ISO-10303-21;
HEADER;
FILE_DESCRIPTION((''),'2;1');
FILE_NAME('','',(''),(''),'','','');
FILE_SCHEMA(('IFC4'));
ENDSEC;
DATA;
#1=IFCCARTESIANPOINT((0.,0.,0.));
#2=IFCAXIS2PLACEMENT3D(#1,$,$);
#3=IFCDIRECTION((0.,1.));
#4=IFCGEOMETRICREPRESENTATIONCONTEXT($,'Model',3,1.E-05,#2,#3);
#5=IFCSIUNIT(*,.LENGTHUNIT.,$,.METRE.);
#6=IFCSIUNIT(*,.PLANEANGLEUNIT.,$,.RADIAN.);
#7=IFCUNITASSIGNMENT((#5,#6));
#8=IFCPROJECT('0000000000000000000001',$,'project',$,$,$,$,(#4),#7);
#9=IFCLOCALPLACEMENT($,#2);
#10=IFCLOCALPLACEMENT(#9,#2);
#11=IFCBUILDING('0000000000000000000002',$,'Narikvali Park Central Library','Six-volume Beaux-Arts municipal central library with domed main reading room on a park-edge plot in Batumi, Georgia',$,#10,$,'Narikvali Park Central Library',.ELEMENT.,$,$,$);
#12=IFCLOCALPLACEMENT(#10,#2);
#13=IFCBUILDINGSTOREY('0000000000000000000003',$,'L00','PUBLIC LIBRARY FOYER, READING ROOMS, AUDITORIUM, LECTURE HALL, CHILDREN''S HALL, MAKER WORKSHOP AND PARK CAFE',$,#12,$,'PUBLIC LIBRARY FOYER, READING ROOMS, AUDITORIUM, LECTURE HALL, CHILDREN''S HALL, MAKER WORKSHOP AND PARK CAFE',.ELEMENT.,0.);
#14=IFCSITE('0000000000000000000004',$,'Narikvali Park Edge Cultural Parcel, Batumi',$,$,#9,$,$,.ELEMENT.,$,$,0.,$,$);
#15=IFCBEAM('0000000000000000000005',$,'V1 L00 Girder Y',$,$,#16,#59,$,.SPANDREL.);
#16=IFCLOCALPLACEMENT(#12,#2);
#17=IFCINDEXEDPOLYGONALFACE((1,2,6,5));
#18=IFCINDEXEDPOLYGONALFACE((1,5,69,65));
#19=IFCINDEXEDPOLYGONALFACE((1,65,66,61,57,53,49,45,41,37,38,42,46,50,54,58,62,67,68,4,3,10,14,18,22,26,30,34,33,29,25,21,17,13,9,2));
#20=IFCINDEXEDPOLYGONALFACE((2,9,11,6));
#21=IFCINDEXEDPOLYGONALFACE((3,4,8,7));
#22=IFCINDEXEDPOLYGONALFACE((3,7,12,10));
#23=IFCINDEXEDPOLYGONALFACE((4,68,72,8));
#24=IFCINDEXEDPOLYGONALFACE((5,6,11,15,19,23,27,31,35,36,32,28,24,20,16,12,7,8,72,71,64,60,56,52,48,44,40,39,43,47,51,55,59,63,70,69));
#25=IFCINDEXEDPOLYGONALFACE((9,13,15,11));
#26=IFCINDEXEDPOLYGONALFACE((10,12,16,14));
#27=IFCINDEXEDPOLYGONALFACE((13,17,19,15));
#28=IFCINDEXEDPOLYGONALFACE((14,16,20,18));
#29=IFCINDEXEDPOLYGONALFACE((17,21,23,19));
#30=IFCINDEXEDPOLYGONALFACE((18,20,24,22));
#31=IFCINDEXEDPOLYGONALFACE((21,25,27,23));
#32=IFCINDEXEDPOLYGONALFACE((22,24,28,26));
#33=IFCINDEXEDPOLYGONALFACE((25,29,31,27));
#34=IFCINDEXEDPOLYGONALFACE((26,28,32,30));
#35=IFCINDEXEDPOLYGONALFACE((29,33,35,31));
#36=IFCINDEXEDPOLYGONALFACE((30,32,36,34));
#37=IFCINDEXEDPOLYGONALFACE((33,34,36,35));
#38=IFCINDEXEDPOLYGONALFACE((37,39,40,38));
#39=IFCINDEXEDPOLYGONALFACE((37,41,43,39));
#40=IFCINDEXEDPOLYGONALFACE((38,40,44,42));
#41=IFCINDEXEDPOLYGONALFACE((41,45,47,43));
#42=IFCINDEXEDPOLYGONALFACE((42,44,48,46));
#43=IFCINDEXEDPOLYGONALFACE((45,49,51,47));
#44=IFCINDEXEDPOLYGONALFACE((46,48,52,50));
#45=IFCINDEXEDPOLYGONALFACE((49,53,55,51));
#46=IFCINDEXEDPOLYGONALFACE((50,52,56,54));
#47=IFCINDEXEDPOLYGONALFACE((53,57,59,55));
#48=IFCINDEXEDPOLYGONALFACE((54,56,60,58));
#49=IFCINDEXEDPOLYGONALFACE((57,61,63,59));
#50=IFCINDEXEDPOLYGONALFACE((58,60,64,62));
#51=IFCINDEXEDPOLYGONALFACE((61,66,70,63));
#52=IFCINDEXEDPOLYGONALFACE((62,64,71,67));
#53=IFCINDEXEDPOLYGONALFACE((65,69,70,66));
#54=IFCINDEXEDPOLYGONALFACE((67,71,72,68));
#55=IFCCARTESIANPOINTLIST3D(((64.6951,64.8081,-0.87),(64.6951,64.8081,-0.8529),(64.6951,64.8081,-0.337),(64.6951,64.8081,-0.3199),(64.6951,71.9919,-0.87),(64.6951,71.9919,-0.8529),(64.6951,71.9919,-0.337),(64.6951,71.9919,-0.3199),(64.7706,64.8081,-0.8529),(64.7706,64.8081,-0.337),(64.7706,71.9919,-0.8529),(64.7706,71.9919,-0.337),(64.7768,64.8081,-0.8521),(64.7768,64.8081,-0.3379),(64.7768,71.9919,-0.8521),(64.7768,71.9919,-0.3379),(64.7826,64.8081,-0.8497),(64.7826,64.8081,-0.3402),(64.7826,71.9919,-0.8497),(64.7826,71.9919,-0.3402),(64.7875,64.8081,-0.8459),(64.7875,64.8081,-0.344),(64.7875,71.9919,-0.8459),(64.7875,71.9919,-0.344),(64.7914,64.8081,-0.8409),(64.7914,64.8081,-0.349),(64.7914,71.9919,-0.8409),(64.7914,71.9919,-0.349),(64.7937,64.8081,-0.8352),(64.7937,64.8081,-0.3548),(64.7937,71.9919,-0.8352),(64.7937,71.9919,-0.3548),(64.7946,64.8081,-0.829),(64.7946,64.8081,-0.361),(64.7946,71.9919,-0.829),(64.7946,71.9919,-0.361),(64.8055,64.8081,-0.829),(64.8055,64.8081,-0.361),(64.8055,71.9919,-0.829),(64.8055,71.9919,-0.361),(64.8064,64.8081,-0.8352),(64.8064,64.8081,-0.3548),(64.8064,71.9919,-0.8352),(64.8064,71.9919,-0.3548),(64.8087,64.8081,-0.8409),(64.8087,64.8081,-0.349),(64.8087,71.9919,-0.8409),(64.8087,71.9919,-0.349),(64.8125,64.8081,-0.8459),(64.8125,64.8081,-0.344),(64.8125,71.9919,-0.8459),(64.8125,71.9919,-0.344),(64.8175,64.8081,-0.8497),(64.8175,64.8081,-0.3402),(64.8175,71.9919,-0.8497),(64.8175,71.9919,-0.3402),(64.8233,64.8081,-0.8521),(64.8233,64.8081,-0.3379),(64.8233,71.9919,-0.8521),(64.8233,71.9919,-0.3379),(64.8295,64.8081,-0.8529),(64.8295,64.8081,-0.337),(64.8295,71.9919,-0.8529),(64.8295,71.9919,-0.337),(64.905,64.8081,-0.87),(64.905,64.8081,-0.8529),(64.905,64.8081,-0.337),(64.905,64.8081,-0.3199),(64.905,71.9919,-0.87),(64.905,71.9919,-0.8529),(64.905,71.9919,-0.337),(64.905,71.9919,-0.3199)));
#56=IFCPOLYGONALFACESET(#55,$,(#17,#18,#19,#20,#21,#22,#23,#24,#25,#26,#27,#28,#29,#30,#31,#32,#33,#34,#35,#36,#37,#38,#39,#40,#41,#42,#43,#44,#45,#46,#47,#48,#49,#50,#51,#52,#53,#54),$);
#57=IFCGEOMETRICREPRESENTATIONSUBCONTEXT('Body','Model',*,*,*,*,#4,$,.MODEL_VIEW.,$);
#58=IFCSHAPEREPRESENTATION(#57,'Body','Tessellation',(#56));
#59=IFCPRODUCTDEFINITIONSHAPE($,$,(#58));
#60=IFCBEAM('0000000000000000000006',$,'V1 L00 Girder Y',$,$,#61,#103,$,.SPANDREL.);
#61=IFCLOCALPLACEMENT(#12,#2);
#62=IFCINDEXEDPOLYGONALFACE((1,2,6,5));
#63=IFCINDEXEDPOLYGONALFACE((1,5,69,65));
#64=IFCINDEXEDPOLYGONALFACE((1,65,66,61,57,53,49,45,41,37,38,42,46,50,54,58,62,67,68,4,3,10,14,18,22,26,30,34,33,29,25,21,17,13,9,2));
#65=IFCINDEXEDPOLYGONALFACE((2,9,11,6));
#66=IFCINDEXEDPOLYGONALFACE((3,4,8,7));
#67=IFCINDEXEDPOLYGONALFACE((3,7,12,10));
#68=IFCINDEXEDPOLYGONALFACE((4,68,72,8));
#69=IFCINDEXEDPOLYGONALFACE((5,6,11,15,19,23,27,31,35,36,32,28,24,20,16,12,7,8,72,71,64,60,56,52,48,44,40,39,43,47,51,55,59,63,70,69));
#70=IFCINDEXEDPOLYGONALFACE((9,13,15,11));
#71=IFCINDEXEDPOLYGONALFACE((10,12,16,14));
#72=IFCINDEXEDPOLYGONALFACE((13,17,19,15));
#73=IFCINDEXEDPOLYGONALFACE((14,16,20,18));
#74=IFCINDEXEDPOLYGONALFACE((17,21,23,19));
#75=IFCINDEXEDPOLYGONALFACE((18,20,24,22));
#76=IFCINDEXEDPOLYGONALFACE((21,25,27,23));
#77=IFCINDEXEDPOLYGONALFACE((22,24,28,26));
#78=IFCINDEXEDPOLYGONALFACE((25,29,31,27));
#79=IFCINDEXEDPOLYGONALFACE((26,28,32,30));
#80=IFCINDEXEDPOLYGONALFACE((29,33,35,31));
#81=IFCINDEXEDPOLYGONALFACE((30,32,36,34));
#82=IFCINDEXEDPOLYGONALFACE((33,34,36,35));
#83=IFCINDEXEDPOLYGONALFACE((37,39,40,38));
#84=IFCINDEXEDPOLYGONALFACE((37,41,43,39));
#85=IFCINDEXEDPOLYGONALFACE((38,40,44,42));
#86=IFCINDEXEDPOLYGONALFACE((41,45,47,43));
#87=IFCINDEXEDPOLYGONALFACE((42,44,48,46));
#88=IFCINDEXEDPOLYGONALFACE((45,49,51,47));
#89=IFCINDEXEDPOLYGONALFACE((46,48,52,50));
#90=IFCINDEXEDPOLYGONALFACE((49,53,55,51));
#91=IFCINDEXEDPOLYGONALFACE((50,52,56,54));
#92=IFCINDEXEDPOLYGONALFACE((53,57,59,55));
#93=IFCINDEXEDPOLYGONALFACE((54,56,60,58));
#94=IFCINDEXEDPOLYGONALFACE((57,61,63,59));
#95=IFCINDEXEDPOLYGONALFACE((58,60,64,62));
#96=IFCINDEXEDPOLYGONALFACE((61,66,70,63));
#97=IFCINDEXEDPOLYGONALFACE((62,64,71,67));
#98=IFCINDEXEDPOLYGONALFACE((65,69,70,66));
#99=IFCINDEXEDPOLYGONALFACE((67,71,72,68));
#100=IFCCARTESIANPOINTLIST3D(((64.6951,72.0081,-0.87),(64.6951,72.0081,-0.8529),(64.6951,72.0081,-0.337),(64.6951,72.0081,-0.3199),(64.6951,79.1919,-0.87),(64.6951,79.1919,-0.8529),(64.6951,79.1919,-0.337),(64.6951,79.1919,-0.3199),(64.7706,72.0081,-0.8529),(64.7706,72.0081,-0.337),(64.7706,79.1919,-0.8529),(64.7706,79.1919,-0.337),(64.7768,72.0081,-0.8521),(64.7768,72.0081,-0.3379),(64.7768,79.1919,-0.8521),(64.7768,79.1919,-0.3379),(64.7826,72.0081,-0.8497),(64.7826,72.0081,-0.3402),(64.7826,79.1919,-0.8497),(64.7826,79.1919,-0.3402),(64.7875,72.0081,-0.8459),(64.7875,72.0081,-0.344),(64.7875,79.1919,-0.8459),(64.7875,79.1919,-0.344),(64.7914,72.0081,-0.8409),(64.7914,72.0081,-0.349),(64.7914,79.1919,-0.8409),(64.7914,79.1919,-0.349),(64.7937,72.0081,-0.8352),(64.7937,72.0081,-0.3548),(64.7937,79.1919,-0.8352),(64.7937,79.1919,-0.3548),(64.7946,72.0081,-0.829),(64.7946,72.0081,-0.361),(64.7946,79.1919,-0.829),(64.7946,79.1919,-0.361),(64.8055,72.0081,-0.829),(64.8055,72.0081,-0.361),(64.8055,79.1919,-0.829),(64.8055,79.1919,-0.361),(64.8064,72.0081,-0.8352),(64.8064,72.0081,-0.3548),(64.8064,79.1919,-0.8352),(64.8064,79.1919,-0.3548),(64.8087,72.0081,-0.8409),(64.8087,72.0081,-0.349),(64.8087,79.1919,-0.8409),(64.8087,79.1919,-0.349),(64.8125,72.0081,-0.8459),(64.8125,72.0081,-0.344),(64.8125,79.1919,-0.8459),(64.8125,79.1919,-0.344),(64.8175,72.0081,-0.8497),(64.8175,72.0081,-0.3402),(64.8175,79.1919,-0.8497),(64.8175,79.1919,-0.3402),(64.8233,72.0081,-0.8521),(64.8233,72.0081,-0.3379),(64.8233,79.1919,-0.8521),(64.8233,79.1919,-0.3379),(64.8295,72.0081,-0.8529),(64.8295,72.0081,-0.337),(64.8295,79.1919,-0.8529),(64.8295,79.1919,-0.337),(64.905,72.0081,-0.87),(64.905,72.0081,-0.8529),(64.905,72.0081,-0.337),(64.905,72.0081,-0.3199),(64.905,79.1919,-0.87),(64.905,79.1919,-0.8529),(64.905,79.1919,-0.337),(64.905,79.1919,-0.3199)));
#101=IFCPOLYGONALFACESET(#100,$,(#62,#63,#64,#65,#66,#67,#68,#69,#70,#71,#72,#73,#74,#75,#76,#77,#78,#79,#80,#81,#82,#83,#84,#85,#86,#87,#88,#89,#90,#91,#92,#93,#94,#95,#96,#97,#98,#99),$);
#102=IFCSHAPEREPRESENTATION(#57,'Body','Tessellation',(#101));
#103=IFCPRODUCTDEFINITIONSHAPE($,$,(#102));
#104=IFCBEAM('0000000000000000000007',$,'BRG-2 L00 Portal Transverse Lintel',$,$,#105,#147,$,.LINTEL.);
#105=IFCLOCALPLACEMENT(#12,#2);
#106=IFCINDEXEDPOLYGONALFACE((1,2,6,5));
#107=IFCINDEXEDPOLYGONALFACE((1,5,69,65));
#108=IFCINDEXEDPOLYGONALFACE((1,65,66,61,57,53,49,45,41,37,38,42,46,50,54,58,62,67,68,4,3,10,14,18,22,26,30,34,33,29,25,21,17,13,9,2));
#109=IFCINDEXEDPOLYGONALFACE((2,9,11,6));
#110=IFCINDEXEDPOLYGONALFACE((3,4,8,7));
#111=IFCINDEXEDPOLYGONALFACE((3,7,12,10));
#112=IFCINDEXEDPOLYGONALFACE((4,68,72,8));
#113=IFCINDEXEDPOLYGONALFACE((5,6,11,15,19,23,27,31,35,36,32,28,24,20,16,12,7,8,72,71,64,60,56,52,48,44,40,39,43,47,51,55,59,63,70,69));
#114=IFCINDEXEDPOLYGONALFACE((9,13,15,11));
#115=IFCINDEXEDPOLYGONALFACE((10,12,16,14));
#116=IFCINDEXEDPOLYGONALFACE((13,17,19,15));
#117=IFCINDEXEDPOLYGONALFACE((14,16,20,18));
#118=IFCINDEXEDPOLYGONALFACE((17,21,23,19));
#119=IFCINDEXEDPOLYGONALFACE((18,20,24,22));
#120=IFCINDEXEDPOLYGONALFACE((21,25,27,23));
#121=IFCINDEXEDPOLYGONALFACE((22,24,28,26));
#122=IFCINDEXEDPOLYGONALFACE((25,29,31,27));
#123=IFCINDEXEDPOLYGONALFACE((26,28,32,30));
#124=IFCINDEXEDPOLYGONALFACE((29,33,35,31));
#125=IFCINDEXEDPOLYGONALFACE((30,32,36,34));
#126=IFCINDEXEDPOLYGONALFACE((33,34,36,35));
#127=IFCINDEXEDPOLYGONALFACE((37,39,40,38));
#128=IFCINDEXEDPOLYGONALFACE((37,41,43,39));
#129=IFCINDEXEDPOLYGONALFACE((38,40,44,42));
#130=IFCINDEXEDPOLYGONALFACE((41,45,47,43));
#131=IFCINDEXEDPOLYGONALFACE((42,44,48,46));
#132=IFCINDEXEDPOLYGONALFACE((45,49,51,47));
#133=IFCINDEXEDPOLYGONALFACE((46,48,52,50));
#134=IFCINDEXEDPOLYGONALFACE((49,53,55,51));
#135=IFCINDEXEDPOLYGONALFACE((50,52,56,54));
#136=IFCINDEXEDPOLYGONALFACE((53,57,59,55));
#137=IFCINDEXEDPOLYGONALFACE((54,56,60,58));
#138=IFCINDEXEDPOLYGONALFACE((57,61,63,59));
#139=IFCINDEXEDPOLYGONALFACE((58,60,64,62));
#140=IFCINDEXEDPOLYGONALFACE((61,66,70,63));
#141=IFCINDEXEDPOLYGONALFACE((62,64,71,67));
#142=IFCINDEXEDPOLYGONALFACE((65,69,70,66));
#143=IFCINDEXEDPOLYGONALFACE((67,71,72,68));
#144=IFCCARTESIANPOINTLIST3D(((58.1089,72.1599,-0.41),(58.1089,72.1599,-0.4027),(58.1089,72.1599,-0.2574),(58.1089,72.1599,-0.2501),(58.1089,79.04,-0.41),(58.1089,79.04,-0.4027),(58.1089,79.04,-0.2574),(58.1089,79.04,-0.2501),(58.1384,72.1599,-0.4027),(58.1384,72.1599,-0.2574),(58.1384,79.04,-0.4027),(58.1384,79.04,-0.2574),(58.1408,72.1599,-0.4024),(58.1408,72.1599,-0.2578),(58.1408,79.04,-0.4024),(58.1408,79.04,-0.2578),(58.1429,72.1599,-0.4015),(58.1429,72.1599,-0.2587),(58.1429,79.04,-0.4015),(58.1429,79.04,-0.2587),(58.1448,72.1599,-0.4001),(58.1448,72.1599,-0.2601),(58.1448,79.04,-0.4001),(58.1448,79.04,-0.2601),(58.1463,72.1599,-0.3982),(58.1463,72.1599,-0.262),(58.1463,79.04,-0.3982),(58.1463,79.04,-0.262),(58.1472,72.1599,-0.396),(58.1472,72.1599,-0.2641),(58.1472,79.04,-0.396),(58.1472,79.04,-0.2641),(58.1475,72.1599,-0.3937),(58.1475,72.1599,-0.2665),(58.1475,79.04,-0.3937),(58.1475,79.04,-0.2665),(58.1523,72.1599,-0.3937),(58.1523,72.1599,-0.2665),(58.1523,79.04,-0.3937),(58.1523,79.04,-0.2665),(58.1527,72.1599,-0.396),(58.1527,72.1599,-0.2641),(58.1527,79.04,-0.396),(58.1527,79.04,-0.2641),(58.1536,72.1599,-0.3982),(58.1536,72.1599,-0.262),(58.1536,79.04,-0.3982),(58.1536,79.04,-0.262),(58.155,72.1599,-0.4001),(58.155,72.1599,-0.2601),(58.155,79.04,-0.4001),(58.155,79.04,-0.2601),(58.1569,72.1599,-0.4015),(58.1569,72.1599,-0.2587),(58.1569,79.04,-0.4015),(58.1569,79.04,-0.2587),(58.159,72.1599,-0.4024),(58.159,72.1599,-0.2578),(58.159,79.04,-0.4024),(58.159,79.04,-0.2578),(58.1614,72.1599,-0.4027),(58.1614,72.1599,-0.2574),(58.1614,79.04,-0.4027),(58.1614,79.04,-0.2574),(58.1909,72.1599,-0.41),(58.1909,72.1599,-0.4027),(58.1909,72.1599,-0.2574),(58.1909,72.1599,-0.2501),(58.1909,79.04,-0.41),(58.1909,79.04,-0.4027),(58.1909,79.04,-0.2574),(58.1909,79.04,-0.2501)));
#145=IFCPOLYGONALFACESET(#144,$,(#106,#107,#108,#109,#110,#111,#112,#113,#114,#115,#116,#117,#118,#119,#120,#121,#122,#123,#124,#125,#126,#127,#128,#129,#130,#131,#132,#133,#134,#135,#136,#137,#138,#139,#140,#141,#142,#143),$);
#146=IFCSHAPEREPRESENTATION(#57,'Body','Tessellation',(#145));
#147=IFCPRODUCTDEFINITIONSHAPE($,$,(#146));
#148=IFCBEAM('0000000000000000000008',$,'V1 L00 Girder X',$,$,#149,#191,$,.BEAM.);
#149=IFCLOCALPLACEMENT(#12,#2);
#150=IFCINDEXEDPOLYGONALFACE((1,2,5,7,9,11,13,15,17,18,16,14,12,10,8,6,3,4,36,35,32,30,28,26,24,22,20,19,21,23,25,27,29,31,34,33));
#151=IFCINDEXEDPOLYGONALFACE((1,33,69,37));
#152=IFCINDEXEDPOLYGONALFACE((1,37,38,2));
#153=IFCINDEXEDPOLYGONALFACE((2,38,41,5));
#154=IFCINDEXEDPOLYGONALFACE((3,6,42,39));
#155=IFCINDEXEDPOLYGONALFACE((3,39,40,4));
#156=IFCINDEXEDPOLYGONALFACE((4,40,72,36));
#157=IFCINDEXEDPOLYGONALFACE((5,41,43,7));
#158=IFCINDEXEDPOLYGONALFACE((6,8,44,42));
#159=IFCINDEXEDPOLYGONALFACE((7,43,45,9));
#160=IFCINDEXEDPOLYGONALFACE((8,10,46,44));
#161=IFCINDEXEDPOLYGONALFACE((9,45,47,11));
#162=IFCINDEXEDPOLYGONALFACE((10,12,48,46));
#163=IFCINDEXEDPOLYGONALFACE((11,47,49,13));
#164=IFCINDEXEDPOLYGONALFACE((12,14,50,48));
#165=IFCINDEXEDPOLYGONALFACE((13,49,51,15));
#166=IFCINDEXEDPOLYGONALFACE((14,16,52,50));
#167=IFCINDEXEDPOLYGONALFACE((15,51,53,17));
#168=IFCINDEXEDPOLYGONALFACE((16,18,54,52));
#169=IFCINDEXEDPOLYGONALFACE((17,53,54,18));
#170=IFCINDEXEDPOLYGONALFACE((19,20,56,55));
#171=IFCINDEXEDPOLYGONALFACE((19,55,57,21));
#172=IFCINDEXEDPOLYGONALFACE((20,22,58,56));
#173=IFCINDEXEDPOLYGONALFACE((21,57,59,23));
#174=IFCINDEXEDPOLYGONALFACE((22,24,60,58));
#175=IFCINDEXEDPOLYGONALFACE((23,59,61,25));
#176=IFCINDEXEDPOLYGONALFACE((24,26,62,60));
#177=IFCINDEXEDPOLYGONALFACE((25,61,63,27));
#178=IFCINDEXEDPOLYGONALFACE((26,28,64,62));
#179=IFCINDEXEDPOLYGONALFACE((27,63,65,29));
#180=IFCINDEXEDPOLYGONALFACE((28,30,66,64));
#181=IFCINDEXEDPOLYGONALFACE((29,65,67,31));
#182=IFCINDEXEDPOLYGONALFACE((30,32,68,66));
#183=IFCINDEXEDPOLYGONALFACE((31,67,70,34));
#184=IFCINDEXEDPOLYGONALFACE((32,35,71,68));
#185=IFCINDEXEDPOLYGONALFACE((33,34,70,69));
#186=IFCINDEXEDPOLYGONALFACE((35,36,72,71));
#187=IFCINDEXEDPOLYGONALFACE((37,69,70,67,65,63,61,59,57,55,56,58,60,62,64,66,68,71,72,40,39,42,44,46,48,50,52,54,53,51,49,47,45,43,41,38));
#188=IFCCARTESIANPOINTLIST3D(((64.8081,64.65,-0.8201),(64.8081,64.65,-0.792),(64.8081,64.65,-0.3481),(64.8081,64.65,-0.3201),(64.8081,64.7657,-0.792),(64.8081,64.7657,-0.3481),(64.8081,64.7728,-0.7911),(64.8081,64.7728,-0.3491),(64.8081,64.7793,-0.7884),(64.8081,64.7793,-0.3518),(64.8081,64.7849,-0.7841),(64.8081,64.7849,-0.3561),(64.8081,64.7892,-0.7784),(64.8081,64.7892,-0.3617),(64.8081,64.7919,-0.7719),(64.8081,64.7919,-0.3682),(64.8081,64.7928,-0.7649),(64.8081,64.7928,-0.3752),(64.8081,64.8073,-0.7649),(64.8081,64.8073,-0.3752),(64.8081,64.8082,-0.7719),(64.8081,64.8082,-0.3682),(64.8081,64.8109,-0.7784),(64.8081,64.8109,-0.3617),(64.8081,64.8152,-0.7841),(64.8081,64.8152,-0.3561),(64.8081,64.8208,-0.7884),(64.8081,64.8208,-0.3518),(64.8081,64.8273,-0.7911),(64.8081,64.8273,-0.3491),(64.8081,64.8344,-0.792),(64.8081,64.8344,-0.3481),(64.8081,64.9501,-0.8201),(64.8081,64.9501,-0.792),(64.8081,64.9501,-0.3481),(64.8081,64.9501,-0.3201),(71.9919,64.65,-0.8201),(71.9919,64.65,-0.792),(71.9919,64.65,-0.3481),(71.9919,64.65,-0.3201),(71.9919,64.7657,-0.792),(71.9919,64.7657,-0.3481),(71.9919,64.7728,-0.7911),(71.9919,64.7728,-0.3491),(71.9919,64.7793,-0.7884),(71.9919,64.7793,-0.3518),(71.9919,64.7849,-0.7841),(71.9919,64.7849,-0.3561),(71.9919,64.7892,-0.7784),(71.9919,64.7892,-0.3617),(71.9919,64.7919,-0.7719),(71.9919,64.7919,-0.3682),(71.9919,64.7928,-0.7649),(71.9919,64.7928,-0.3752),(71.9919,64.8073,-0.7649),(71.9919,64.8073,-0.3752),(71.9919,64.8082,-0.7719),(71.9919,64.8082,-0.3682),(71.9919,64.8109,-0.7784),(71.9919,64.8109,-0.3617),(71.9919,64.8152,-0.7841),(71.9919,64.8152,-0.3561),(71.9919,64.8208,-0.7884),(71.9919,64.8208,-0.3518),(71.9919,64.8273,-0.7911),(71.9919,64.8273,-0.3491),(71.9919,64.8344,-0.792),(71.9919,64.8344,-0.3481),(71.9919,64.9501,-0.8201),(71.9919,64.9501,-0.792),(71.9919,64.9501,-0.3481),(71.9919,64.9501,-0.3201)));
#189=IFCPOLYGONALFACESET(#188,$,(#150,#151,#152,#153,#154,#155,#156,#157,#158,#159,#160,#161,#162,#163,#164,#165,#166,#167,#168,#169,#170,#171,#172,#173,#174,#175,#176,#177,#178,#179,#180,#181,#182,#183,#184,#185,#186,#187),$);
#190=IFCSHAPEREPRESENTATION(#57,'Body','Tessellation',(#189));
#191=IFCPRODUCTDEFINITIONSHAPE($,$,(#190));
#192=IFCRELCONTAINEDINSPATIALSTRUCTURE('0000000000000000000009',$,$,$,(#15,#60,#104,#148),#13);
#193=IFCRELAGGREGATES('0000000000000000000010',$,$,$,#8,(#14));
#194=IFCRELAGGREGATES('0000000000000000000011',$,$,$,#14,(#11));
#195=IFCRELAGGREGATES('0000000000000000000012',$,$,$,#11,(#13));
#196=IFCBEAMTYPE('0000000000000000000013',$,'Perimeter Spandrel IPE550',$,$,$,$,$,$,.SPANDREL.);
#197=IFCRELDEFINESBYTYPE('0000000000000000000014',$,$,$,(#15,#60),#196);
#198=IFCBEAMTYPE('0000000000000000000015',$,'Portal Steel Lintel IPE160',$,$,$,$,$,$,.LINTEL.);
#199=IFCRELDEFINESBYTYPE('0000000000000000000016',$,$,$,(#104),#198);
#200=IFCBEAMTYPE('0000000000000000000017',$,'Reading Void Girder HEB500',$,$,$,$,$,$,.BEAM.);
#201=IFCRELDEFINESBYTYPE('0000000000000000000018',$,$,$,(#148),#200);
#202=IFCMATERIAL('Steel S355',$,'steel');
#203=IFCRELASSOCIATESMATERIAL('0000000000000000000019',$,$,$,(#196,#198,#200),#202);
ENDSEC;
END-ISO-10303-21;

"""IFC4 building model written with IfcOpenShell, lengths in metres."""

from ifc_helpers import new_model, si_unit, direction, frame, origin, origin_2d, place, context, subcontext, project, spatial, i_section, extrude, material, material_profile, profile_set, type_object, element, save


model = new_model("IFC4")

# Units and contexts
model_context = context("Model", 3, precision=1e-05, world=origin(), true_north=direction((0.0, 1.0)))
body_context = subcontext(model_context, "Body", "Model", "MODEL_VIEW")
ifc_project = project(units=[si_unit("LENGTHUNIT", "METRE"), si_unit("PLANEANGLEUNIT", "RADIAN")], contexts=[model_context])

# Site, building, storey
site_placement = place(None, origin())
site = spatial("IfcSite", under=ifc_project, at=site_placement, Name="Narikvali Park Edge Cultural Parcel, Batumi", CompositionType="ELEMENT", RefElevation=0.0)
building_placement = place(site_placement, origin())
building = spatial("IfcBuilding", under=site, at=building_placement, Name="Narikvali Park Central Library", Description="Six-volume Beaux-Arts municipal central library with domed main reading room on a park-edge plot in Batumi, Georgia", LongName="Narikvali Park Central Library", CompositionType="ELEMENT")
storey_placement = place(building_placement, origin())
storey = spatial("IfcBuildingStorey", under=building, at=storey_placement, Name="L00", Description="PUBLIC LIBRARY FOYER, READING ROOMS, AUDITORIUM, LECTURE HALL, CHILDREN'S HALL, MAKER WORKSHOP AND PARK CAFE", LongName="PUBLIC LIBRARY FOYER, READING ROOMS, AUDITORIUM, LECTURE HALL, CHILDREN'S HALL, MAKER WORKSHOP AND PARK CAFE", CompositionType="ELEMENT", Elevation=0.0)

# Shared definitions
ifc_material_1 = material(Name="Steel S355", Category="steel")

# Beams
ifc_material_profile_1 = material_profile(ifc_material_1, i_section(OverallWidth=0.21, OverallDepth=0.55, WebThickness=0.011, FlangeThickness=0.0171, FilletRadius=0.0239, at=origin_2d()), Name="IPE 550")
ifc_profile_set_1 = profile_set([ifc_material_profile_1], Name="Steel S355")
beam_type_1 = type_object("IfcBeamType", Name="Perimeter Spandrel IPE550", PredefinedType="SPANDREL", material=ifc_profile_set_1)
for number, where, z_axis, x_axis, name in (
    (1, (64.8, 64.8081, -0.595), (0.0, 1.0, 0.0), (-1.0, 0.0, 0.0), "V1 L00 Girder Y"),
    (2, (64.8, 72.0081, -0.595), (0.0, 1.0, 0.0), (-1.0, 0.0, 0.0), "V1 L00 Girder Y"),
):
    element("IfcBeam", number, at=place(storey_placement, frame(where, z_axis=z_axis, x_axis=x_axis)), inside=storey, type_object=beam_type_1, Name=name, PredefinedType="SPANDREL", context=body_context, shape_type="SweptSolid", body=[
        extrude(i_section(OverallWidth=0.21, OverallDepth=0.55, WebThickness=0.011, FlangeThickness=0.0171, FilletRadius=0.0239, at=origin_2d()), origin(), (0.0, 0.0, 1.0), 7.1838),
    ])
ifc_material_profile_2 = material_profile(ifc_material_1, i_section(OverallWidth=0.082, OverallDepth=0.1599, WebThickness=0.0049, FlangeThickness=0.0073, FilletRadius=0.009, at=origin_2d()), Name="IPE 160")
ifc_profile_set_2 = profile_set([ifc_material_profile_2], Name="Steel S355")
beam_type_2 = type_object("IfcBeamType", Name="Portal Steel Lintel IPE160", PredefinedType="LINTEL", material=ifc_profile_set_2)
beam_placement = place(storey_placement, frame((58.1499, 72.1599, -0.3301), z_axis=(0.0, 1.0, 0.0), x_axis=(-1.0, 0.0, 0.0)))
element("IfcBeam", 3, at=beam_placement, inside=storey, type_object=beam_type_2, Name="BRG-2 L00 Portal Transverse Lintel", PredefinedType="LINTEL", context=body_context, shape_type="SweptSolid", body=[
    extrude(i_section(OverallWidth=0.082, OverallDepth=0.1599, WebThickness=0.0049, FlangeThickness=0.0073, FilletRadius=0.009, at=origin_2d()), origin(), (0.0, 0.0, 1.0), 6.8801),
])
ifc_material_profile_3 = material_profile(ifc_material_1, i_section(OverallWidth=0.3, OverallDepth=0.5, WebThickness=0.0144, FlangeThickness=0.0281, FilletRadius=0.0271, at=origin_2d()), Name="HEB 500")
ifc_profile_set_3 = profile_set([ifc_material_profile_3], Name="Steel S355")
beam_type_3 = type_object("IfcBeamType", Name="Reading Void Girder HEB500", PredefinedType="BEAM", material=ifc_profile_set_3)
for number, where, z_axis, x_axis, name in (
    (4, (64.8081, 64.8, -0.5701), (1.0, 0.0, 0.0), (0.0, 1.0, 0.0), "V1 L00 Girder X"),
):
    element("IfcBeam", number, at=place(storey_placement, frame(where, z_axis=z_axis, x_axis=x_axis)), inside=storey, type_object=beam_type_3, Name=name, PredefinedType="BEAM", context=body_context, shape_type="SweptSolid", body=[
        extrude(i_section(OverallWidth=0.3, OverallDepth=0.5, WebThickness=0.0144, FlangeThickness=0.0281, FilletRadius=0.0271, at=origin_2d()), origin(), (0.0, 0.0, 1.0), 7.1838),
    ])

save(model, "model.ifc")
